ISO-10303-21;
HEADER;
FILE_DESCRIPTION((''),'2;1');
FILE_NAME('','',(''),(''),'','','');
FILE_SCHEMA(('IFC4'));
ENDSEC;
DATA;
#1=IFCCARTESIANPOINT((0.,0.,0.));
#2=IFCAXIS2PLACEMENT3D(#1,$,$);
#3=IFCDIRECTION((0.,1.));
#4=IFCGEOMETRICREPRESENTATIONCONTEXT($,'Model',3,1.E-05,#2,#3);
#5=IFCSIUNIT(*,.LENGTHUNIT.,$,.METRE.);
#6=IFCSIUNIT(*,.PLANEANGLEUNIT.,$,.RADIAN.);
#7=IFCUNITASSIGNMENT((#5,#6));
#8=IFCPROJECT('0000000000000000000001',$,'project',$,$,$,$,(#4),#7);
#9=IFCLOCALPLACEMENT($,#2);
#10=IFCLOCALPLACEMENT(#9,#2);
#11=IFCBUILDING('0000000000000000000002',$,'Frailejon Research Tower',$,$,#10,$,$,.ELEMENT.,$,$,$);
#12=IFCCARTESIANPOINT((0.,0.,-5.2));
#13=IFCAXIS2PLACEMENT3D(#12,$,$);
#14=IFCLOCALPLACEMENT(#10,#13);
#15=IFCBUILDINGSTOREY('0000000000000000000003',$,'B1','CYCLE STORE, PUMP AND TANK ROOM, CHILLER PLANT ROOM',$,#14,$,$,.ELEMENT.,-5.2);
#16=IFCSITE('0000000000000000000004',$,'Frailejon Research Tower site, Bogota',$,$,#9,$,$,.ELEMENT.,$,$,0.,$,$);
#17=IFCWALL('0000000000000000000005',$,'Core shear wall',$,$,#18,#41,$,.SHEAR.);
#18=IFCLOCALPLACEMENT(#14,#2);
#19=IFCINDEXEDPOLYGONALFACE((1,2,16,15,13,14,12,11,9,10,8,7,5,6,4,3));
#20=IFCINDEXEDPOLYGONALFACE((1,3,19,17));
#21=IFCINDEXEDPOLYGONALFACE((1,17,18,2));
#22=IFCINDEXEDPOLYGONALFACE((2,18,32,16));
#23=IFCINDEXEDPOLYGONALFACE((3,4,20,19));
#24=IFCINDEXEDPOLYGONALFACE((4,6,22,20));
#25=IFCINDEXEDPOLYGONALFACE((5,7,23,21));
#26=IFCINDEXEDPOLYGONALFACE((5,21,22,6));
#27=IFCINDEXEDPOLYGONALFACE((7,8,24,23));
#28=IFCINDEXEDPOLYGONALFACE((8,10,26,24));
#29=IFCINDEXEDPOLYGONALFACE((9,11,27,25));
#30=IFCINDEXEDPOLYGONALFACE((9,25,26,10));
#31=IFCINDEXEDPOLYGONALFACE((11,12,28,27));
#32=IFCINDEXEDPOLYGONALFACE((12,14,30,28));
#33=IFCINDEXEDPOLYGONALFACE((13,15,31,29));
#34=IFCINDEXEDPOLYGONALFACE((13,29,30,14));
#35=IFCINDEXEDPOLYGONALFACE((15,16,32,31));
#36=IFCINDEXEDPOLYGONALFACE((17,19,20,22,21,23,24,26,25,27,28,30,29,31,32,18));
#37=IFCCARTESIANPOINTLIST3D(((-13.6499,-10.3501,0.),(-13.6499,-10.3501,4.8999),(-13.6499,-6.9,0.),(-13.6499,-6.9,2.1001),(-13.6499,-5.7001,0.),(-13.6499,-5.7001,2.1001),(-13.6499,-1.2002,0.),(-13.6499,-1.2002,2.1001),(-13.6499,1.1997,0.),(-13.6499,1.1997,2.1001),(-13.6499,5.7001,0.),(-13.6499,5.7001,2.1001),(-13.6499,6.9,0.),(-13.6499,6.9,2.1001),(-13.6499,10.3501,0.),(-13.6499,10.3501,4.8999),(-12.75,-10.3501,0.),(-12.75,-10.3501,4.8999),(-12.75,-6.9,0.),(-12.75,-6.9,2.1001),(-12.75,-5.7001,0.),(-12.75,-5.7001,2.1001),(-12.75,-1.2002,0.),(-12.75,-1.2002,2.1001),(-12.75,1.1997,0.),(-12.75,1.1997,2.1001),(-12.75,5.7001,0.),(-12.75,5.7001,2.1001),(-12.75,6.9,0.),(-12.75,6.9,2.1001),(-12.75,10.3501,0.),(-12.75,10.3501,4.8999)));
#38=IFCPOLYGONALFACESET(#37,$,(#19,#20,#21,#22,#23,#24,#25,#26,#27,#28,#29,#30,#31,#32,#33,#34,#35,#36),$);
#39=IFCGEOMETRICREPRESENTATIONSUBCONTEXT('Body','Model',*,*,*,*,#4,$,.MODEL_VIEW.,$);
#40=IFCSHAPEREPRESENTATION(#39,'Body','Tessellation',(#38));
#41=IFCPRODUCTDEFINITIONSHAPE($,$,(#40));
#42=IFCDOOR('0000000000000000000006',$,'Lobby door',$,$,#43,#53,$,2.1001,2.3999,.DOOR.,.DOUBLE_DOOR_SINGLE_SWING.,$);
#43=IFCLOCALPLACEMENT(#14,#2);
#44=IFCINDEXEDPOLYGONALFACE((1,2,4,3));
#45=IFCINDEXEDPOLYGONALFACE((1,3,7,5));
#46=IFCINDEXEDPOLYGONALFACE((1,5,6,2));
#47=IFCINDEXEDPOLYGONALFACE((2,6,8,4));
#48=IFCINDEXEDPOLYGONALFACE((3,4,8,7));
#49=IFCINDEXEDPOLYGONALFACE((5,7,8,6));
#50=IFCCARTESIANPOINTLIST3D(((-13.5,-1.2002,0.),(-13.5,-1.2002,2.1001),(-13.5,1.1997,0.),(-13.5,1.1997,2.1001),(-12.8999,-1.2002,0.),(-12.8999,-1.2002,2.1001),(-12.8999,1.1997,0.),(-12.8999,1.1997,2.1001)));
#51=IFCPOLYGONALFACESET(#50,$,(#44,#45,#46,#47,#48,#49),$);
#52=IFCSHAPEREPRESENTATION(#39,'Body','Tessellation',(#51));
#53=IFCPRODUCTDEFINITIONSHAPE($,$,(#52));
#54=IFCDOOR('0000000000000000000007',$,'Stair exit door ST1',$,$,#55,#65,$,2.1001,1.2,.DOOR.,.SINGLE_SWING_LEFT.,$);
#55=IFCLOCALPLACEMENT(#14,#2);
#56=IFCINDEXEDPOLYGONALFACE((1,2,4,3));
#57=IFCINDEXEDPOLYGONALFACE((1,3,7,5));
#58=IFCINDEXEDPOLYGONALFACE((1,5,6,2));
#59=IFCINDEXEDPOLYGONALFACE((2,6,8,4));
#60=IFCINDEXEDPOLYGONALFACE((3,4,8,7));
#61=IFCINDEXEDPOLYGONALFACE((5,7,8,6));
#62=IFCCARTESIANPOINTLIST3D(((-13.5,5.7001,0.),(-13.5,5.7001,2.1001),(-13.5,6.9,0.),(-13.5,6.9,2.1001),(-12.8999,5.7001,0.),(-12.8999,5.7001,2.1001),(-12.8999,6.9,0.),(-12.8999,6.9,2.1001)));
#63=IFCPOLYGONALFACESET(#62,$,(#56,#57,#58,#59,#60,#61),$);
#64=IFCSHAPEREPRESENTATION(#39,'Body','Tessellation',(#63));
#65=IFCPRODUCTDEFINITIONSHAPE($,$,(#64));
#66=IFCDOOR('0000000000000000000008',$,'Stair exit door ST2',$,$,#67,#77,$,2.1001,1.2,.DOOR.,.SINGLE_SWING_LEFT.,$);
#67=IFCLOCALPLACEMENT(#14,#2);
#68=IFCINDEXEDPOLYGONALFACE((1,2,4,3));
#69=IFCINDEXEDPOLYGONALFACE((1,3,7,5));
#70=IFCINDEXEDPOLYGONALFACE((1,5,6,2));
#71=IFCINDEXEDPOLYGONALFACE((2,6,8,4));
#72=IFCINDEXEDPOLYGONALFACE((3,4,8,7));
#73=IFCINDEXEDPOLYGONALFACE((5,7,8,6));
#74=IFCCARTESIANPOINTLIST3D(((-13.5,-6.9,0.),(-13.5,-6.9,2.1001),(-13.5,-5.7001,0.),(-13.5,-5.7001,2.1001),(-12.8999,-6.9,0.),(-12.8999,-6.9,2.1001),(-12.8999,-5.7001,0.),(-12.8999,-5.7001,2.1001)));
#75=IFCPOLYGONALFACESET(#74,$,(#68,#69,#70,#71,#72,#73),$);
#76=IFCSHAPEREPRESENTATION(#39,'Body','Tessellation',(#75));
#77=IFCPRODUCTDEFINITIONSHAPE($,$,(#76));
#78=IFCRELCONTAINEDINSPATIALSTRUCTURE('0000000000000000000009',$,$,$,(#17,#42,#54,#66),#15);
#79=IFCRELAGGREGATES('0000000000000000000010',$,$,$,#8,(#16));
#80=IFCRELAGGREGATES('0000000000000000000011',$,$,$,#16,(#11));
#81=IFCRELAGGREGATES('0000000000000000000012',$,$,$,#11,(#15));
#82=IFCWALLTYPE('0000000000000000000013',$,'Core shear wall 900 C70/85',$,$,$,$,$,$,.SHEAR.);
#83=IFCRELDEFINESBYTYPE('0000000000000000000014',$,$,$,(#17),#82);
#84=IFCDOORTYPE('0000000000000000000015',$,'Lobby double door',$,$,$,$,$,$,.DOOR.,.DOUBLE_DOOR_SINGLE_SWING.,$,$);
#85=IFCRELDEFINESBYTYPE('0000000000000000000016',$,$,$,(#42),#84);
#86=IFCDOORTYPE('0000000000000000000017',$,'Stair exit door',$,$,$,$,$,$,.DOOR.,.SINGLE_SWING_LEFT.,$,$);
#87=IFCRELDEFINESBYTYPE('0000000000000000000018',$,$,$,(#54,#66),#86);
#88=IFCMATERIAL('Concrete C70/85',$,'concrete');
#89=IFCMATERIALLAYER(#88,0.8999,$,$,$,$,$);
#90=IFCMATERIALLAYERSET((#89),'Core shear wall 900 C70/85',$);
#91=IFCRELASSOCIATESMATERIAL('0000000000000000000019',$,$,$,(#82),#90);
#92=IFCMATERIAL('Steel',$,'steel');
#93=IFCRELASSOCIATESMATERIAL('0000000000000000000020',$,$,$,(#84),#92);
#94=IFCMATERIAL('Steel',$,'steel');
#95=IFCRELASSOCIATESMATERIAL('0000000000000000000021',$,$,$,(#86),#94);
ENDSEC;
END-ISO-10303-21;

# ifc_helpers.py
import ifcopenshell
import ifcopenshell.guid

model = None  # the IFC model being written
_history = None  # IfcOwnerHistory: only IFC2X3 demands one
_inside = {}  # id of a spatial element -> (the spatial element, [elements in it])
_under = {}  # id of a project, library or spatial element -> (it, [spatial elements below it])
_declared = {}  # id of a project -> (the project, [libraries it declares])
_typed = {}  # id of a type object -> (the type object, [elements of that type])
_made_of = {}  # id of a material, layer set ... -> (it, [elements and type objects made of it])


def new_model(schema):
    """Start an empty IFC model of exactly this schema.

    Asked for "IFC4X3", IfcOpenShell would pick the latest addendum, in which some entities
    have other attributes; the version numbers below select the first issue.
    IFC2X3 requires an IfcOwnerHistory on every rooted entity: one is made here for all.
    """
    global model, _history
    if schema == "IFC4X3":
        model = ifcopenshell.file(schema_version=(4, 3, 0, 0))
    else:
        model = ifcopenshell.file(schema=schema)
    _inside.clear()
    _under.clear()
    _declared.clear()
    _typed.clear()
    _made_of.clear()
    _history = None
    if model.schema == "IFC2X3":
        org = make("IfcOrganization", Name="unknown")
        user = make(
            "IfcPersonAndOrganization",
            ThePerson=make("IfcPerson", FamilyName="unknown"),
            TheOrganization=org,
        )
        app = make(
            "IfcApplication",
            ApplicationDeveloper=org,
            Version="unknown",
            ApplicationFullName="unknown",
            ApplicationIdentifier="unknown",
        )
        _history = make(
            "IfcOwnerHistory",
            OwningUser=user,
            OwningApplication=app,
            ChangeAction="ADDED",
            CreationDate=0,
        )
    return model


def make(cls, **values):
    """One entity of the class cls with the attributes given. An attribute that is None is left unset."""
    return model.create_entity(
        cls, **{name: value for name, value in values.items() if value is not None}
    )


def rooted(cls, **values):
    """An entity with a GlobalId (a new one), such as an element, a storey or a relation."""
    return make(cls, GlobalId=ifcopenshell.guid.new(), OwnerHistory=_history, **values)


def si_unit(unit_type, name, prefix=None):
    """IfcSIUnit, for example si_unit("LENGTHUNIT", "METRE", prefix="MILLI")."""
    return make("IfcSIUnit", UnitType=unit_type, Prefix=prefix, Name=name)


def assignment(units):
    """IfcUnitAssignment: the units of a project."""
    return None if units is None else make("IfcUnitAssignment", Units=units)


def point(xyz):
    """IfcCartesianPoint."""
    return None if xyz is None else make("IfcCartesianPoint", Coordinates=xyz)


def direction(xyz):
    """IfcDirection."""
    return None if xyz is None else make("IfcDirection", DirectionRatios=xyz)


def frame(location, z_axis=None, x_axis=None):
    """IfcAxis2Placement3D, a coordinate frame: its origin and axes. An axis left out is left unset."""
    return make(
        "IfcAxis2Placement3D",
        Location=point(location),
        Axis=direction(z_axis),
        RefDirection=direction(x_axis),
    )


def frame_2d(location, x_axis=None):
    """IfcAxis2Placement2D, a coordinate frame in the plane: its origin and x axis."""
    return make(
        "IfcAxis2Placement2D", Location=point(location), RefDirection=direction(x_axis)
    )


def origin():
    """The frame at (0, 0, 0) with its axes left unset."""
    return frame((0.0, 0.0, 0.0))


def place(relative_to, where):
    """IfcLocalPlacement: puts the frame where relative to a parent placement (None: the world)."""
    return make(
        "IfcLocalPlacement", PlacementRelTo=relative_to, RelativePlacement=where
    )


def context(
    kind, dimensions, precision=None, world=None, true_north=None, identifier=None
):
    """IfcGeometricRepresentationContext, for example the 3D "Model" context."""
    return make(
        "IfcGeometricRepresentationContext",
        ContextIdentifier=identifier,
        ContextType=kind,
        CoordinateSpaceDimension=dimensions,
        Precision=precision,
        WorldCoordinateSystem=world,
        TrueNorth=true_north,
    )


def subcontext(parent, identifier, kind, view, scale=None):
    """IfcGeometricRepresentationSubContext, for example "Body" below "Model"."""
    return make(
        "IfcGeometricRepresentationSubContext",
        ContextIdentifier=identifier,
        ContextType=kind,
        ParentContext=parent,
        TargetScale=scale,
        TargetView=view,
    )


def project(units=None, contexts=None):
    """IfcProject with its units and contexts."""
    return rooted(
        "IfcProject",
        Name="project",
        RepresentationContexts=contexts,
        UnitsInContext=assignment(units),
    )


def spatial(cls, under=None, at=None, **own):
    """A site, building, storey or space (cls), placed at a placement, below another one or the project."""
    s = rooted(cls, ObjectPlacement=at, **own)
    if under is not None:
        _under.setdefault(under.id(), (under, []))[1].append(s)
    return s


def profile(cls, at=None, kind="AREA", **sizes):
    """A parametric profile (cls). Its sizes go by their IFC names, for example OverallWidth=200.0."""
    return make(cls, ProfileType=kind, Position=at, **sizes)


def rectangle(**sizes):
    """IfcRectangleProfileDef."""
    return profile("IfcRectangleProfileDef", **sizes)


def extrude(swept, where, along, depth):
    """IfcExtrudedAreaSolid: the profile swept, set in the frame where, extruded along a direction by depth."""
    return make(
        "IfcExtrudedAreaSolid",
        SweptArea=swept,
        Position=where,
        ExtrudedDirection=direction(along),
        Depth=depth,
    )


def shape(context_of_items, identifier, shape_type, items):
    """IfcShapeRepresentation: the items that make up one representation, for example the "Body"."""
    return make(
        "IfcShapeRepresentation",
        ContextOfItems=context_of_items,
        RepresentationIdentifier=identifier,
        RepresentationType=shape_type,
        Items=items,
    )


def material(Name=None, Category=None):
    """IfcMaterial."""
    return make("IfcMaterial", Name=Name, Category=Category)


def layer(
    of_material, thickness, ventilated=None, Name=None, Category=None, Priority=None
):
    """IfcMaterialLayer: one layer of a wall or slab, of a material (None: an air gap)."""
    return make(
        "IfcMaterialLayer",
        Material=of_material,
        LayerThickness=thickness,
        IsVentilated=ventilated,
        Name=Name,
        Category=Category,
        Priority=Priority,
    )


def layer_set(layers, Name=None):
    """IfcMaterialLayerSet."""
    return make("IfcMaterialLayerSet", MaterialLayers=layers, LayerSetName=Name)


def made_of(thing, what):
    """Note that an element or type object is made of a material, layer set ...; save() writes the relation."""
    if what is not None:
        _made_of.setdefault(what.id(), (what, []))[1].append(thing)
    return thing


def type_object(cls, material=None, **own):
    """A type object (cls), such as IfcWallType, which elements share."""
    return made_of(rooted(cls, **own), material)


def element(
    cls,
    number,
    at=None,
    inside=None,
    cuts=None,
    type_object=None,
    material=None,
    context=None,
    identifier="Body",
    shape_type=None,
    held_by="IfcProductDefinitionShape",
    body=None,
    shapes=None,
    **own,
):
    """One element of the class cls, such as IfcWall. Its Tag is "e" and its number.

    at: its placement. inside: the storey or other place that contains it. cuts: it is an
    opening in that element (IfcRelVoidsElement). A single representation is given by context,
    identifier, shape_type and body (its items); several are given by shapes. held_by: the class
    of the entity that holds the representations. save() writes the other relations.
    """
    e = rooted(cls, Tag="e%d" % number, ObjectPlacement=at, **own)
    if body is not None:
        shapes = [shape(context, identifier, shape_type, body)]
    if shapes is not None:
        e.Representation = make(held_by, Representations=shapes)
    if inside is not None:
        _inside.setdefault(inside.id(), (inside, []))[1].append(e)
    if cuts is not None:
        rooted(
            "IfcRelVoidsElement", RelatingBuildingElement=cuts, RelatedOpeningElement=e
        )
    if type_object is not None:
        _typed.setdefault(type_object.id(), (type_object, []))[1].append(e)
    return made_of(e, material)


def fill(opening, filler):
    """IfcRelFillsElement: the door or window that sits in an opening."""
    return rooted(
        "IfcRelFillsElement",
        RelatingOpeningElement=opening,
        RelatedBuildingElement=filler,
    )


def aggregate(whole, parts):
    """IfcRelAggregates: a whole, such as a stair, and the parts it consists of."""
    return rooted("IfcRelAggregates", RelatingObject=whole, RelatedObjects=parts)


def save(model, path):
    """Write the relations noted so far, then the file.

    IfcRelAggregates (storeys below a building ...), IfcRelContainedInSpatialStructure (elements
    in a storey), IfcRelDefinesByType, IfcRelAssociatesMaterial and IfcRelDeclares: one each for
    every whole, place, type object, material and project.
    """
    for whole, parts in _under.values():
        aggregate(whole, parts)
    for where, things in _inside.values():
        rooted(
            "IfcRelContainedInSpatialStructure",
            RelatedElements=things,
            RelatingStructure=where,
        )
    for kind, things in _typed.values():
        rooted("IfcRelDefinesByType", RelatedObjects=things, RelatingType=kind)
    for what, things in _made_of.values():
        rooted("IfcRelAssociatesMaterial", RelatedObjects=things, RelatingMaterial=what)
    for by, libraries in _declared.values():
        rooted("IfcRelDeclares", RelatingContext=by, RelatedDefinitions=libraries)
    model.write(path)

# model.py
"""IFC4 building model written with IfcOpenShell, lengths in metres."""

from ifc_helpers import new_model, si_unit, direction, frame, frame_2d, origin, place, context, subcontext, project, spatial, rectangle, extrude, material, layer, layer_set, type_object, element, fill, save


model = new_model("IFC4")

# Units and contexts
model_context = context("Model", 3, precision=1e-05, world=origin(), true_north=direction((0.0, 1.0)))
body_context = subcontext(model_context, "Body", "Model", "MODEL_VIEW")
ifc_project = project(units=[si_unit("LENGTHUNIT", "METRE"), si_unit("PLANEANGLEUNIT", "RADIAN")], contexts=[model_context])

# Site, building, storey
site_placement = place(None, origin())
site = spatial("IfcSite", under=ifc_project, at=site_placement, Name="Frailejon Research Tower site, Bogota", CompositionType="ELEMENT", RefElevation=0.0)
building_placement = place(site_placement, origin())
building = spatial("IfcBuilding", under=site, at=building_placement, Name="Frailejon Research Tower", CompositionType="ELEMENT")
storey_placement = place(building_placement, frame((0.0, 0.0, -5.2)))
storey = spatial("IfcBuildingStorey", under=building, at=storey_placement, Name="B1", Description="CYCLE STORE, PUMP AND TANK ROOM, CHILLER PLANT ROOM", CompositionType="ELEMENT", Elevation=-5.2)

# Wall, openings, doors
ifc_material_1 = material(Name="Concrete C70/85", Category="concrete")
ifc_layer_1 = layer(ifc_material_1, 0.8999)
ifc_layer_set_1 = layer_set([ifc_layer_1], Name="Core shear wall 900 C70/85")
wall_type_1 = type_object("IfcWallType", Name="Core shear wall 900 C70/85", PredefinedType="SHEAR", material=ifc_layer_set_1)
wall_1_placement = place(storey_placement, frame((-13.2, -10.3501, 0.0), z_axis=(0.0, 0.0, 1.0), x_axis=(0.0, 1.0, 0.0)))
wall_1 = element("IfcWall", 1, at=wall_1_placement, inside=storey, type_object=wall_type_1, Name="Core shear wall", PredefinedType="SHEAR", context=body_context, shape_type="SweptSolid", body=[
    extrude(rectangle(XDim=20.7002, YDim=0.8999, at=frame_2d((10.3501, 0.0))), origin(), (0.0, 0.0, 1.0), 4.8999),
])
opening_1_placement = place(wall_1_placement, frame((9.1499, 0.0, 0.0)))
opening_1 = element("IfcOpeningElement", 2, at=opening_1_placement, cuts=wall_1, PredefinedType="OPENING", context=body_context, shape_type="SweptSolid", body=[
    extrude(rectangle(XDim=2.3999, YDim=2.1001, at=frame_2d((1.2, 1.05))), frame((0.0, 0.46, 0.0), z_axis=(0.0, -1.0, 0.0), x_axis=(1.0, 0.0, 0.0)), (0.0, 0.0, 1.0), 0.9199),
])
opening_2_placement = place(wall_1_placement, frame((16.05, 0.0, 0.0)))
opening_2 = element("IfcOpeningElement", 3, at=opening_2_placement, cuts=wall_1, PredefinedType="OPENING", context=body_context, shape_type="SweptSolid", body=[
    extrude(rectangle(XDim=1.2, YDim=2.1001, at=frame_2d((0.6001, 1.05))), frame((0.0, 0.46, 0.0), z_axis=(0.0, -1.0, 0.0), x_axis=(1.0, 0.0, 0.0)), (0.0, 0.0, 1.0), 0.9199),
])
opening_3_placement = place(wall_1_placement, frame((3.45, 0.0, 0.0)))
opening_3 = element("IfcOpeningElement", 4, at=opening_3_placement, cuts=wall_1, PredefinedType="OPENING", context=body_context, shape_type="SweptSolid", body=[
    extrude(rectangle(XDim=1.2, YDim=2.1001, at=frame_2d((0.6001, 1.05))), frame((0.0, 0.46, 0.0), z_axis=(0.0, -1.0, 0.0), x_axis=(1.0, 0.0, 0.0)), (0.0, 0.0, 1.0), 0.9199),
])
ifc_material_2 = material(Name="Steel", Category="steel")
door_type_1 = type_object("IfcDoorType", Name="Lobby double door", OperationType="DOUBLE_DOOR_SINGLE_SWING", PredefinedType="DOOR", material=ifc_material_2)
door_1_placement = place(opening_1_placement, origin())
door_1 = element("IfcDoor", 5, at=door_1_placement, inside=storey, type_object=door_type_1, Name="Lobby door", OperationType="DOUBLE_DOOR_SINGLE_SWING", OverallHeight=2.1001, OverallWidth=2.3999, PredefinedType="DOOR", context=body_context, shape_type="SweptSolid", body=[
    extrude(rectangle(XDim=2.3999, YDim=2.1001, at=frame_2d((1.2, 1.05))), frame((0.0, 0.3, 0.0), z_axis=(0.0, -1.0, 0.0), x_axis=(1.0, 0.0, 0.0)), (0.0, 0.0, 1.0), 0.6001),
])
fill(opening_1, door_1)
ifc_material_3 = material(Name="Steel", Category="steel")
door_type_2 = type_object("IfcDoorType", Name="Stair exit door", OperationType="SINGLE_SWING_LEFT", PredefinedType="DOOR", material=ifc_material_3)
door_2_placement = place(opening_2_placement, origin())
door_2 = element("IfcDoor", 6, at=door_2_placement, inside=storey, type_object=door_type_2, Name="Stair exit door ST1", OperationType="SINGLE_SWING_LEFT", OverallHeight=2.1001, OverallWidth=1.2, PredefinedType="DOOR", context=body_context, shape_type="SweptSolid", body=[
    extrude(rectangle(XDim=1.2, YDim=2.1001, at=frame_2d((0.6001, 1.05))), frame((0.0, 0.3, 0.0), z_axis=(0.0, -1.0, 0.0), x_axis=(1.0, 0.0, 0.0)), (0.0, 0.0, 1.0), 0.6001),
])
fill(opening_2, door_2)
door_3_placement = place(opening_3_placement, origin())
door_3 = element("IfcDoor", 7, at=door_3_placement, inside=storey, type_object=door_type_2, Name="Stair exit door ST2", OperationType="SINGLE_SWING_LEFT", OverallHeight=2.1001, OverallWidth=1.2, PredefinedType="DOOR", context=body_context, shape_type="SweptSolid", body=[
    extrude(rectangle(XDim=1.2, YDim=2.1001, at=frame_2d((0.6001, 1.05))), frame((0.0, 0.3, 0.0), z_axis=(0.0, -1.0, 0.0), x_axis=(1.0, 0.0, 0.0)), (0.0, 0.0, 1.0), 0.6001),
])
fill(opening_3, door_3)

save(model, "model.ifc")
